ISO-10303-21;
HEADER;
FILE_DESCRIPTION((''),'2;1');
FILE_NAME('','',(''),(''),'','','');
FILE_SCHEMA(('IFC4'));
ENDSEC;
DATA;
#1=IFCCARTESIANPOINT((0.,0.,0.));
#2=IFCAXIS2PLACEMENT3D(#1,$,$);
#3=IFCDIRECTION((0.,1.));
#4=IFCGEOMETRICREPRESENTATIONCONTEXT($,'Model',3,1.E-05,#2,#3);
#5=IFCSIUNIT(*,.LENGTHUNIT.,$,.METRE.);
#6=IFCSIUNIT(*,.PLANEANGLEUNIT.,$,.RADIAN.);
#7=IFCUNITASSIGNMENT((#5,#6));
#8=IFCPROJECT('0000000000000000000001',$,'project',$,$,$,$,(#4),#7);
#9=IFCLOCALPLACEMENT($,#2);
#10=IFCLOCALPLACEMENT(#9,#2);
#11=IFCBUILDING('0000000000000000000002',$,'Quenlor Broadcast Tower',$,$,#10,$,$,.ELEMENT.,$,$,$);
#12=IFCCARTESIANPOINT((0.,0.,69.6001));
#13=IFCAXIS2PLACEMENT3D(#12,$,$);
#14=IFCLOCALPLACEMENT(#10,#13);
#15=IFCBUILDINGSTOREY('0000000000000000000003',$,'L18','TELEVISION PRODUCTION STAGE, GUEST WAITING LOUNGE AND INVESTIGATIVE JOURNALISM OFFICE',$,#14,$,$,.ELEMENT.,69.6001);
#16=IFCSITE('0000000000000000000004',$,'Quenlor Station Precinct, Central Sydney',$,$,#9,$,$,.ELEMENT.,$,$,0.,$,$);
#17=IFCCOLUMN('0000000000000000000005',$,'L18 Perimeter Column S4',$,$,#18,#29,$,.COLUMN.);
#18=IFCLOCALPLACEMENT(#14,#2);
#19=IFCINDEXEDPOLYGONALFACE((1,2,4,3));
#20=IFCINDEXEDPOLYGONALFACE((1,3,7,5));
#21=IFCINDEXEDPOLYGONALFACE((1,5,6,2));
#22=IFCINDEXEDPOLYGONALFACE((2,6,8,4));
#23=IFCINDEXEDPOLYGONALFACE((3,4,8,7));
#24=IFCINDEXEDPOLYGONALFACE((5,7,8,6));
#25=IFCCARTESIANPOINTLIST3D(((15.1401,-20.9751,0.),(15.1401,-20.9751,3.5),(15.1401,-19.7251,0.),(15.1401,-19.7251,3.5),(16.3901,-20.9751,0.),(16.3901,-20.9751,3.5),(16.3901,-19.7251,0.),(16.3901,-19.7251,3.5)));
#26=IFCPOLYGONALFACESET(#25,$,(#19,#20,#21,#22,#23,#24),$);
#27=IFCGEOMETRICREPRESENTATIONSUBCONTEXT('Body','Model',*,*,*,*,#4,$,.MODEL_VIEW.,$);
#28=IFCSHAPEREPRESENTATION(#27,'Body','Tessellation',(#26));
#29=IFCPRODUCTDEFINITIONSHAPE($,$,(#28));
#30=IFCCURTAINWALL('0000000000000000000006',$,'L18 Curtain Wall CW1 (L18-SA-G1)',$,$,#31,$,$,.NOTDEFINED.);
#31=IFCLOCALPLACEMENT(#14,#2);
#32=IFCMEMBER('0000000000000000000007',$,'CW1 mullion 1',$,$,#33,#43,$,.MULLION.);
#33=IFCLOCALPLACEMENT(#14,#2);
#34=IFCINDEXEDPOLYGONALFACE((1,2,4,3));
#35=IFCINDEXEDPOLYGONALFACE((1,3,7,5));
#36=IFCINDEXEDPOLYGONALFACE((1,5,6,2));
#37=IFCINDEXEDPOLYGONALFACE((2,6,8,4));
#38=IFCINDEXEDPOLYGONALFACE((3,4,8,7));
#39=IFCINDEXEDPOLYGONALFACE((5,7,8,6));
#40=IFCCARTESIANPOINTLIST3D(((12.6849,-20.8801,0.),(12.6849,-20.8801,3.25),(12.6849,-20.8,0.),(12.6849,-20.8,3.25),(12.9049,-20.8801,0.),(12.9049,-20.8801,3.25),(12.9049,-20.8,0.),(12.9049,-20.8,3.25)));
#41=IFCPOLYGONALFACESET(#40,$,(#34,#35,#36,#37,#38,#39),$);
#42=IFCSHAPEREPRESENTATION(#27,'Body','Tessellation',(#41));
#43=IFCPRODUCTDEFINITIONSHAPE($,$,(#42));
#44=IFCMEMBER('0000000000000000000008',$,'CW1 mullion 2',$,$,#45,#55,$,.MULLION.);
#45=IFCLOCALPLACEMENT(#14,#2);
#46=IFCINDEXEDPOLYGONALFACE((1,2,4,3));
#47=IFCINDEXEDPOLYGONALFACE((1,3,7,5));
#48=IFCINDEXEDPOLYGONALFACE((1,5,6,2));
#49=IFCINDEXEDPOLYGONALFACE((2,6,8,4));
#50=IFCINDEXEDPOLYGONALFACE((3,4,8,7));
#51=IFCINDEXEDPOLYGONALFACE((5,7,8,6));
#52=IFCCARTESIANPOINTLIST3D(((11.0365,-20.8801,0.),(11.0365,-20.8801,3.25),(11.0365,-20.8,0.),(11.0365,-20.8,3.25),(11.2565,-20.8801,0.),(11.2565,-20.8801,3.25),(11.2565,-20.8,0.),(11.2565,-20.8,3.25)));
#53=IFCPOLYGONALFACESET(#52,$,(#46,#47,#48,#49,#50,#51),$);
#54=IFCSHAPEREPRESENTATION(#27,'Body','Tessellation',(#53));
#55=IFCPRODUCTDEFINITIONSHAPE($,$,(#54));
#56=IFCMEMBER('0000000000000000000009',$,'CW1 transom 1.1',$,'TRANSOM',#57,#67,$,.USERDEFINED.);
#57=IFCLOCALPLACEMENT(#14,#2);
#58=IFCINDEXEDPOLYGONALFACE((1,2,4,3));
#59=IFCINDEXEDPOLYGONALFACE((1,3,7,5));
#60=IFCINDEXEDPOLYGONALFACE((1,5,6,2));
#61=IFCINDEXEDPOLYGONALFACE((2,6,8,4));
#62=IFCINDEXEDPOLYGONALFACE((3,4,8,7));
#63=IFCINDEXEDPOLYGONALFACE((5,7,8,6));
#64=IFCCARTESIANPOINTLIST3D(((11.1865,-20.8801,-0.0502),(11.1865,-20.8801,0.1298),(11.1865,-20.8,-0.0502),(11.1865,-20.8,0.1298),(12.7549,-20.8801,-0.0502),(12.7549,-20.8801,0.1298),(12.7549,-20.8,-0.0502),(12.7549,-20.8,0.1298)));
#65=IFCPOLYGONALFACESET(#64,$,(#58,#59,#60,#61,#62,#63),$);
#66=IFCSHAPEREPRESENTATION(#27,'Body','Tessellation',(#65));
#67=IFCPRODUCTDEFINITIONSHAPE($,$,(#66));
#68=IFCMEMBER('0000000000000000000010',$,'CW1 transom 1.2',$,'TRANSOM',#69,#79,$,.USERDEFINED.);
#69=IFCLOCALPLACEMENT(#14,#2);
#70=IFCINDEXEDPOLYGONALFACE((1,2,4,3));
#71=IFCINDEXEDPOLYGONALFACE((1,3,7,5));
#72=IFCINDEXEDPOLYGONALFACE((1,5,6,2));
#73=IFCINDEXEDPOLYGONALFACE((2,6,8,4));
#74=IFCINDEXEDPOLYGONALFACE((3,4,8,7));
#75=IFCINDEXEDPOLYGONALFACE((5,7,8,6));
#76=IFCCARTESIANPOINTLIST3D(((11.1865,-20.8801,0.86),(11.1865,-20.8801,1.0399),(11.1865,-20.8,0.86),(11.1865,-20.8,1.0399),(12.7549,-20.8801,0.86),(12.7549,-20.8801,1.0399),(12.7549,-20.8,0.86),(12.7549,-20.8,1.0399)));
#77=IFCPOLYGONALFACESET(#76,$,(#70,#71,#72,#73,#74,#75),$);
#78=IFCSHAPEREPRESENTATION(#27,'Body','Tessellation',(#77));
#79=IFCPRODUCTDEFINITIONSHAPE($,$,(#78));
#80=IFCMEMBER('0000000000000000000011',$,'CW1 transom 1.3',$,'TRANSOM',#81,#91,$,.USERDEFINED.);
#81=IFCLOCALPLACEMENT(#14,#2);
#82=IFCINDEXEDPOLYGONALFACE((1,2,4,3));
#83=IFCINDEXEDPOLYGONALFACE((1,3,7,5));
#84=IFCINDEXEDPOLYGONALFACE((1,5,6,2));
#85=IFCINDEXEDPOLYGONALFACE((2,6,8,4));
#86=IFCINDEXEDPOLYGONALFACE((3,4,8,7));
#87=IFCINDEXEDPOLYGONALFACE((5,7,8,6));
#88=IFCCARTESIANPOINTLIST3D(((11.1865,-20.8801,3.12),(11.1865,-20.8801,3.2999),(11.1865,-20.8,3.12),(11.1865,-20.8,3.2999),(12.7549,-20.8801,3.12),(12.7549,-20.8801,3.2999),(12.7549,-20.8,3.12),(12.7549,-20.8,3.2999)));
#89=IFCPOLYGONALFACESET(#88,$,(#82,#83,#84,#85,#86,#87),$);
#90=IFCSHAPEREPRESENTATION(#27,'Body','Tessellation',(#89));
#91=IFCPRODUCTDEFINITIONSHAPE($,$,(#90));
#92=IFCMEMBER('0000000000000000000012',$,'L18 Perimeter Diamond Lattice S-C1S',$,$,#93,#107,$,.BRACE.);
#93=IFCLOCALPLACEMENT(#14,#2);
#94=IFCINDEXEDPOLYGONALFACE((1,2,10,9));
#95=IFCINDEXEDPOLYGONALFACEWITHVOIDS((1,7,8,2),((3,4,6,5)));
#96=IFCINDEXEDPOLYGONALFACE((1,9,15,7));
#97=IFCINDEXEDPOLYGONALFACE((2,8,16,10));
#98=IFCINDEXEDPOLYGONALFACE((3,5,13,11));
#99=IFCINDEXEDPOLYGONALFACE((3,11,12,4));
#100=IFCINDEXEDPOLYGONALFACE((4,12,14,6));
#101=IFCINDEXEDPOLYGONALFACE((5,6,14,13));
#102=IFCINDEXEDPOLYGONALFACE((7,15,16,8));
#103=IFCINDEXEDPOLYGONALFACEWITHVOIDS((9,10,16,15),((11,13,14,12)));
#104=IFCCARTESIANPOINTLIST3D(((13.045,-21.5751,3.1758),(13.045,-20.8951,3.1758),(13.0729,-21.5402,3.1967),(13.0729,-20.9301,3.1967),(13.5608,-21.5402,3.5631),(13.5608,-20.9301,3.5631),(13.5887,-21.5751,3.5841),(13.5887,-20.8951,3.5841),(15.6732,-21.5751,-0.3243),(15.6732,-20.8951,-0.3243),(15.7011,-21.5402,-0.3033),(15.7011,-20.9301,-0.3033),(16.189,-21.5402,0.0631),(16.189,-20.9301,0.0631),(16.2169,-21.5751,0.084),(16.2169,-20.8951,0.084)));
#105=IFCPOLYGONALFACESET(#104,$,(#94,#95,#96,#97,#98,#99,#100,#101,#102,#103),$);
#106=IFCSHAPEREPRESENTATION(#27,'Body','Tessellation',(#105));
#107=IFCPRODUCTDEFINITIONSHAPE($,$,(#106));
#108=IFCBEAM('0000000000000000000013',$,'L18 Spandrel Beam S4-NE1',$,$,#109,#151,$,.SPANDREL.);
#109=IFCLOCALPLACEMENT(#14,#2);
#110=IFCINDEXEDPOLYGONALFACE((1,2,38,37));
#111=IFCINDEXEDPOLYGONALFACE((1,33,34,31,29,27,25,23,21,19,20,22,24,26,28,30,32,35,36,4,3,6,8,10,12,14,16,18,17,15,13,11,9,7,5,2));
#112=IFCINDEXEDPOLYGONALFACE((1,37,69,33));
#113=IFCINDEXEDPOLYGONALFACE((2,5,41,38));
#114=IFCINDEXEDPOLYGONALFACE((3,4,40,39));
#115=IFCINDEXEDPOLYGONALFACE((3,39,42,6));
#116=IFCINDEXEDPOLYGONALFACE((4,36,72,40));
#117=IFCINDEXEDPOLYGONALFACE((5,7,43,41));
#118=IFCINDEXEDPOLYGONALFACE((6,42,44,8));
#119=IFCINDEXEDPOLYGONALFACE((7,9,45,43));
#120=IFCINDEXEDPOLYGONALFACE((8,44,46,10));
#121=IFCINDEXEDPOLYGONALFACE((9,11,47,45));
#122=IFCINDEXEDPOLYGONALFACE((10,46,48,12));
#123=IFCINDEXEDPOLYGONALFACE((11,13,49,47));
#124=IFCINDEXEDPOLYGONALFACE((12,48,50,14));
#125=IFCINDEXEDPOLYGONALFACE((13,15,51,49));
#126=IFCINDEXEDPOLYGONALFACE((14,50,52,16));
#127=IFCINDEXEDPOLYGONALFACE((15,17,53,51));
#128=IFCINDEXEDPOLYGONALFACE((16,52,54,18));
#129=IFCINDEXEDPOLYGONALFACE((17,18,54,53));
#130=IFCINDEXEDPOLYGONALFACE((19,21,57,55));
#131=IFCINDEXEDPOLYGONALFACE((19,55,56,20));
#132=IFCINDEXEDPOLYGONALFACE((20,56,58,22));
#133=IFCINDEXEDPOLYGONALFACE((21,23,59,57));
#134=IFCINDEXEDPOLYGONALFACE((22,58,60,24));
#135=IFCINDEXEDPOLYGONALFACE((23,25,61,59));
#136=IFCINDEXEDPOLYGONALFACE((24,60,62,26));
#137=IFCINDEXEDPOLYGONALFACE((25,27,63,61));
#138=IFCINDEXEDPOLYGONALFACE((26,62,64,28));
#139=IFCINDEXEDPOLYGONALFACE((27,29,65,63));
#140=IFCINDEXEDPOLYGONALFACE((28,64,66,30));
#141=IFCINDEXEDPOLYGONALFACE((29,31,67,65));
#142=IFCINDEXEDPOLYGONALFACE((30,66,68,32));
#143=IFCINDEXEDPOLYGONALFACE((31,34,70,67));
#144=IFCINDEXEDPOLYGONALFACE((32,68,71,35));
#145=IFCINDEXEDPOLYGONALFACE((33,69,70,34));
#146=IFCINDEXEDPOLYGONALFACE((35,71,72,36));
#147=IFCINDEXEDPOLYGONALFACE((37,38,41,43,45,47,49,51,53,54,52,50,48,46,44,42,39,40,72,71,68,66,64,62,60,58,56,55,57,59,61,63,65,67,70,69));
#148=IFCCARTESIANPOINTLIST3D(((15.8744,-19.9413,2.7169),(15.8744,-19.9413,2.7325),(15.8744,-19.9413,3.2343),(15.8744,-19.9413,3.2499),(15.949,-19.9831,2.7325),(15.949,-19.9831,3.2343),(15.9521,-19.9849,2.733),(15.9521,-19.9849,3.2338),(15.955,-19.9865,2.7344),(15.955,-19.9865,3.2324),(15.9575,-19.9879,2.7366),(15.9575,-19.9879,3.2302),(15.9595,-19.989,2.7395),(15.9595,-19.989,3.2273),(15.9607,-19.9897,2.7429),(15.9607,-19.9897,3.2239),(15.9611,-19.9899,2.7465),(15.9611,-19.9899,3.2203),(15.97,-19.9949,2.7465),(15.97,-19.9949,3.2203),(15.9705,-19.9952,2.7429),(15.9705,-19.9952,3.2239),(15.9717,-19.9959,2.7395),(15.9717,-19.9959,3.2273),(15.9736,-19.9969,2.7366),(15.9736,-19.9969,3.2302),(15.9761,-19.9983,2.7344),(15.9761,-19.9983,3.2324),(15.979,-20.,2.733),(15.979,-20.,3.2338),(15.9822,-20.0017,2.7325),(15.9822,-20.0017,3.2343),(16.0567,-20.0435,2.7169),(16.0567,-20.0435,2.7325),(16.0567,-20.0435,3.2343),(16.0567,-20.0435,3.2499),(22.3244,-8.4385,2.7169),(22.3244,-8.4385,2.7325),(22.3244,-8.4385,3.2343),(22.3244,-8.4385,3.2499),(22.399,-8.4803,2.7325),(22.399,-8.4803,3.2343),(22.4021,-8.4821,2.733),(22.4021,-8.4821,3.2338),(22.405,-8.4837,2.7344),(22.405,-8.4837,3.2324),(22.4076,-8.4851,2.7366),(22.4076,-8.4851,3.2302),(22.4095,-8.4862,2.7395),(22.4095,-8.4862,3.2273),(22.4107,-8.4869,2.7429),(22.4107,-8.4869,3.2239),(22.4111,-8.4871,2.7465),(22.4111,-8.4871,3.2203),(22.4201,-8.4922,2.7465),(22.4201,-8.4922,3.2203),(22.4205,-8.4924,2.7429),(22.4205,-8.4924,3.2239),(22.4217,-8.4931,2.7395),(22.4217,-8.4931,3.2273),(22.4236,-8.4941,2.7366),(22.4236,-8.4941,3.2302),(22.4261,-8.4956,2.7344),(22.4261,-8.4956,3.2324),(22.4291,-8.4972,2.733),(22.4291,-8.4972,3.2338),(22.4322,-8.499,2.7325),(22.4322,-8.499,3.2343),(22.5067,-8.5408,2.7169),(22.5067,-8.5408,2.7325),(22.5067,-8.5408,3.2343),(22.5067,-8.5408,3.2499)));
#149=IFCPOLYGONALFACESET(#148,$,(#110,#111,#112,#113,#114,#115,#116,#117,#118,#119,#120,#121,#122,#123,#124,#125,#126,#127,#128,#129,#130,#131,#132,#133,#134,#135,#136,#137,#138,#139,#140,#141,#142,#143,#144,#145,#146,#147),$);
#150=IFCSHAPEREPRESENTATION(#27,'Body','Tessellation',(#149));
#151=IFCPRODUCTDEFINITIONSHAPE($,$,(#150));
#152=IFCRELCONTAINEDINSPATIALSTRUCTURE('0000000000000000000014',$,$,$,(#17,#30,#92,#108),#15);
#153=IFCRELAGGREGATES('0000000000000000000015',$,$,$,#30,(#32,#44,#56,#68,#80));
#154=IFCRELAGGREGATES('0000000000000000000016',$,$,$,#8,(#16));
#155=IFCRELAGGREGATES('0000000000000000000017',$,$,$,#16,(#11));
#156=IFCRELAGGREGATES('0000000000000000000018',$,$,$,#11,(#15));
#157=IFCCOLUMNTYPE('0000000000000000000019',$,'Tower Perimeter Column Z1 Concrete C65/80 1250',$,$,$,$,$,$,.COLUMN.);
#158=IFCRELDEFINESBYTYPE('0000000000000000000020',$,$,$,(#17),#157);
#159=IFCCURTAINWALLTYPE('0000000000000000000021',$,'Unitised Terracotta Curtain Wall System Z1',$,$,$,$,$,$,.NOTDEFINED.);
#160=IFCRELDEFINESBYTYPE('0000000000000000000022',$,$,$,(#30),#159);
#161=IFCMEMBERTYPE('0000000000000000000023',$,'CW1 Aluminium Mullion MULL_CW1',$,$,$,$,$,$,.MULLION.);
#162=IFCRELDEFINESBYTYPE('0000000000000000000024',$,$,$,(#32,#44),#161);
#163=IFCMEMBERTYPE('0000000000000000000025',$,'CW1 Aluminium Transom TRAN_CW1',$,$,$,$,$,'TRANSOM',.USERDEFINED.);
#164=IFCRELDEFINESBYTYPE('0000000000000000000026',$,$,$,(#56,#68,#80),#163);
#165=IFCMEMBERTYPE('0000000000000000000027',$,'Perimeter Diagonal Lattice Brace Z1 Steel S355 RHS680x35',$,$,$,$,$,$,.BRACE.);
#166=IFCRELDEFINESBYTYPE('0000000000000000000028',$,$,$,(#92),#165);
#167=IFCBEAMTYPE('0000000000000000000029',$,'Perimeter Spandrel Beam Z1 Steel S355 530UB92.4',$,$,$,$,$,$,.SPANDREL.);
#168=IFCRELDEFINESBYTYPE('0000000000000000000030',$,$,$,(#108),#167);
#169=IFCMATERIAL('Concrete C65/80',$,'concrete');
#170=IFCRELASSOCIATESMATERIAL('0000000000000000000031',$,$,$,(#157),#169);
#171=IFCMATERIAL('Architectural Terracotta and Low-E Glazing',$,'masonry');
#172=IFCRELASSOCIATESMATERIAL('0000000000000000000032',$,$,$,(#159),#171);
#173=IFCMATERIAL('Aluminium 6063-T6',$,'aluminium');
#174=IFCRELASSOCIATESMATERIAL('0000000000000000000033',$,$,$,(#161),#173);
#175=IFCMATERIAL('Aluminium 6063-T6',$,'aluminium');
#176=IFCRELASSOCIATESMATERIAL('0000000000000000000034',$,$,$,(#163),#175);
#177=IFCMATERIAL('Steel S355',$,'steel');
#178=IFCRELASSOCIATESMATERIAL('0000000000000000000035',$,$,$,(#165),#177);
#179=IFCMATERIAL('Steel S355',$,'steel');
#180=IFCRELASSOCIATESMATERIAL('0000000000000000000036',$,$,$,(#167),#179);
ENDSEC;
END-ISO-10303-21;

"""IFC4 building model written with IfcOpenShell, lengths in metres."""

from ifc_helpers import new_model, si_unit, direction, frame, origin, origin_2d, place, context, subcontext, project, spatial, rectangle, hollow_rectangle, i_section, extrude, material, material_profile, profile_set, type_object, element, aggregate, save


model = new_model("IFC4")

# Units and contexts
model_context = context("Model", 3, precision=1e-05, world=origin(), true_north=direction((0.0, 1.0)))
body_context = subcontext(model_context, "Body", "Model", "MODEL_VIEW")
ifc_project = project(units=[si_unit("LENGTHUNIT", "METRE"), si_unit("PLANEANGLEUNIT", "RADIAN")], contexts=[model_context])

# Site, building, storey
site_placement = place(None, origin())
site = spatial("IfcSite", under=ifc_project, at=site_placement, Name="Quenlor Station Precinct, Central Sydney", CompositionType="ELEMENT", RefElevation=0.0)
building_placement = place(site_placement, origin())
building = spatial("IfcBuilding", under=site, at=building_placement, Name="Quenlor Broadcast Tower", CompositionType="ELEMENT")
storey_placement = place(building_placement, frame((0.0, 0.0, 69.6001)))
storey = spatial("IfcBuildingStorey", under=building, at=storey_placement, Name="L18", Description="TELEVISION PRODUCTION STAGE, GUEST WAITING LOUNGE AND INVESTIGATIVE JOURNALISM OFFICE", CompositionType="ELEMENT", Elevation=69.6001)

# Column
ifc_material_1 = material(Name="Concrete C65/80", Category="concrete")
ifc_material_profile_1 = material_profile(ifc_material_1, rectangle(XDim=1.25, YDim=1.25, at=origin_2d()))
ifc_profile_set_1 = profile_set([ifc_material_profile_1], Name="Concrete C65/80 RC1250x1250")
column_type = type_object("IfcColumnType", Name="Tower Perimeter Column Z1 Concrete C65/80 1250", PredefinedType="COLUMN", material=ifc_profile_set_1)
column_placement = place(storey_placement, frame((15.7651, -20.3501, 0.0), z_axis=(0.0, 0.0, 1.0), x_axis=(0.0, 1.0, 0.0)))
element("IfcColumn", 1, at=column_placement, inside=storey, type_object=column_type, Name="L18 Perimeter Column S4", PredefinedType="COLUMN", context=body_context, shape_type="SweptSolid", body=[
    extrude(rectangle(XDim=1.25, YDim=1.25, at=origin_2d()), origin(), (0.0, 0.0, 1.0), 3.5),
])

# Curtain wall, members
ifc_material_2 = material(Name="Architectural Terracotta and Low-E Glazing", Category="masonry")
curtain_wall_type = type_object("IfcCurtainWallType", Name="Unitised Terracotta Curtain Wall System Z1", PredefinedType="NOTDEFINED", material=ifc_material_2)
curtain_wall_placement = place(storey_placement, origin())
curtain_wall = element("IfcCurtainWall", 2, at=curtain_wall_placement, inside=storey, type_object=curtain_wall_type, Name="L18 Curtain Wall CW1 (L18-SA-G1)", PredefinedType="NOTDEFINED")
ifc_material_3 = material(Name="Aluminium 6063-T6", Category="aluminium")
ifc_material_profile_2 = material_profile(ifc_material_3, rectangle(XDim=0.0801, YDim=0.22, at=origin_2d()))
ifc_profile_set_2 = profile_set([ifc_material_profile_2], Name="Aluminium 6063-T6 MULL80x220")
member_type_1 = type_object("IfcMemberType", Name="CW1 Aluminium Mullion MULL_CW1", PredefinedType="MULLION", material=ifc_profile_set_2)
member_1_placement = place(storey_placement, frame((12.7949, -20.8401, 0.0), z_axis=(0.0, 0.0, 1.0), x_axis=(0.0, -1.0, 0.0)))
member_1 = element("IfcMember", 3, at=member_1_placement, type_object=member_type_1, Name="CW1 mullion 1", PredefinedType="MULLION", context=body_context, shape_type="SweptSolid", body=[
    extrude(rectangle(XDim=0.0801, YDim=0.22, at=origin_2d()), origin(), (0.0, 0.0, 1.0), 3.25),
])
member_2_placement = place(storey_placement, frame((11.1465, -20.8401, 0.0), z_axis=(0.0, 0.0, 1.0), x_axis=(0.0, -1.0, 0.0)))
member_2 = element("IfcMember", 4, at=member_2_placement, type_object=member_type_1, Name="CW1 mullion 2", PredefinedType="MULLION", context=body_context, shape_type="SweptSolid", body=[
    extrude(rectangle(XDim=0.0801, YDim=0.22, at=origin_2d()), origin(), (0.0, 0.0, 1.0), 3.25),
])
ifc_material_4 = material(Name="Aluminium 6063-T6", Category="aluminium")
ifc_material_profile_3 = material_profile(ifc_material_4, rectangle(XDim=0.0801, YDim=0.1799, at=origin_2d()))
ifc_profile_set_3 = profile_set([ifc_material_profile_3], Name="Aluminium 6063-T6 TRAN80x180")
member_type_2 = type_object("IfcMemberType", Name="CW1 Aluminium Transom TRAN_CW1", ElementType="TRANSOM", PredefinedType="USERDEFINED", material=ifc_profile_set_3)
member_3_placement = place(storey_placement, frame((12.7549, -20.8401, 0.0398), z_axis=(-1.0, 0.0, 0.0), x_axis=(0.0, -1.0, 0.0)))
member_3 = element("IfcMember", 5, at=member_3_placement, type_object=member_type_2, Name="CW1 transom 1.1", ObjectType="TRANSOM", PredefinedType="USERDEFINED", context=body_context, shape_type="SweptSolid", body=[
    extrude(rectangle(XDim=0.0801, YDim=0.1799, at=origin_2d()), origin(), (0.0, 0.0, 1.0), 1.5684),
])
member_4_placement = place(storey_placement, frame((12.7549, -20.8401, 0.95), z_axis=(-1.0, 0.0, 0.0), x_axis=(0.0, -1.0, 0.0)))
member_4 = element("IfcMember", 6, at=member_4_placement, type_object=member_type_2, Name="CW1 transom 1.2", ObjectType="TRANSOM", PredefinedType="USERDEFINED", context=body_context, shape_type="SweptSolid", body=[
    extrude(rectangle(XDim=0.0801, YDim=0.1799, at=origin_2d()), origin(), (0.0, 0.0, 1.0), 1.5684),
])
member_5_placement = place(storey_placement, frame((12.7549, -20.8401, 3.21), z_axis=(-1.0, 0.0, 0.0), x_axis=(0.0, -1.0, 0.0)))
member_5 = element("IfcMember", 7, at=member_5_placement, type_object=member_type_2, Name="CW1 transom 1.3", ObjectType="TRANSOM", PredefinedType="USERDEFINED", context=body_context, shape_type="SweptSolid", body=[
    extrude(rectangle(XDim=0.0801, YDim=0.1799, at=origin_2d()), origin(), (0.0, 0.0, 1.0), 1.5684),
])

# Member
ifc_material_5 = material(Name="Steel S355", Category="steel")
ifc_material_profile_4 = material_profile(ifc_material_5, hollow_rectangle(XDim=0.6799, YDim=0.6799, WallThickness=0.0349, at=origin_2d()))
ifc_profile_set_4 = profile_set([ifc_material_profile_4], Name="Steel S355 RHS680x680x35")
member_type_3 = type_object("IfcMemberType", Name="Perimeter Diagonal Lattice Brace Z1 Steel S355 RHS680x35", PredefinedType="BRACE", material=ifc_profile_set_4)
member_6_placement = place(storey_placement, frame((15.9451, -21.2351, -0.1201), z_axis=(-0.600464, 0.0, 0.799652), x_axis=(0.0, -1.0, 0.0)))
element("IfcMember", 8, at=member_6_placement, inside=storey, type_object=member_type_3, Name="L18 Perimeter Diamond Lattice S-C1S", PredefinedType="BRACE", context=body_context, shape_type="SweptSolid", body=[
    extrude(hollow_rectangle(XDim=0.6799, YDim=0.6799, WallThickness=0.0349, at=origin_2d()), origin(), (0.0, 0.0, 1.0), 4.377),
])

# Beam
ifc_material_6 = material(Name="Steel S355", Category="steel")
ifc_material_profile_5 = material_profile(ifc_material_6, i_section(OverallWidth=0.209, OverallDepth=0.533, WebThickness=0.0103, FlangeThickness=0.0156, FilletRadius=0.0139, at=origin_2d()))
ifc_profile_set_5 = profile_set([ifc_material_profile_5], Name="Steel S355 530UB92.4")
beam_type_1 = type_object("IfcBeamType", Name="Perimeter Spandrel Beam Z1 Steel S355 530UB92.4", PredefinedType="SPANDREL", material=ifc_profile_set_5)
beam_1_placement = place(storey_placement, frame((15.9656, -19.9924, 2.9834), z_axis=(0.489091, 0.872233, 0.0), x_axis=(-0.872233, 0.489091, 0.0)))
element("IfcBeam", 9, at=beam_1_placement, inside=storey, type_object=beam_type_1, Name="L18 Spandrel Beam S4-NE1", PredefinedType="SPANDREL", context=body_context, shape_type="SweptSolid", body=[
    extrude(i_section(OverallWidth=0.209, OverallDepth=0.533, WebThickness=0.0103, FlangeThickness=0.0156, FilletRadius=0.0139, at=origin_2d()), origin(), (0.0, 0.0, 1.0), 13.1877),
])

aggregate(curtain_wall, [member_1, member_2, member_3, member_4, member_5])

save(model, "model.ifc")
